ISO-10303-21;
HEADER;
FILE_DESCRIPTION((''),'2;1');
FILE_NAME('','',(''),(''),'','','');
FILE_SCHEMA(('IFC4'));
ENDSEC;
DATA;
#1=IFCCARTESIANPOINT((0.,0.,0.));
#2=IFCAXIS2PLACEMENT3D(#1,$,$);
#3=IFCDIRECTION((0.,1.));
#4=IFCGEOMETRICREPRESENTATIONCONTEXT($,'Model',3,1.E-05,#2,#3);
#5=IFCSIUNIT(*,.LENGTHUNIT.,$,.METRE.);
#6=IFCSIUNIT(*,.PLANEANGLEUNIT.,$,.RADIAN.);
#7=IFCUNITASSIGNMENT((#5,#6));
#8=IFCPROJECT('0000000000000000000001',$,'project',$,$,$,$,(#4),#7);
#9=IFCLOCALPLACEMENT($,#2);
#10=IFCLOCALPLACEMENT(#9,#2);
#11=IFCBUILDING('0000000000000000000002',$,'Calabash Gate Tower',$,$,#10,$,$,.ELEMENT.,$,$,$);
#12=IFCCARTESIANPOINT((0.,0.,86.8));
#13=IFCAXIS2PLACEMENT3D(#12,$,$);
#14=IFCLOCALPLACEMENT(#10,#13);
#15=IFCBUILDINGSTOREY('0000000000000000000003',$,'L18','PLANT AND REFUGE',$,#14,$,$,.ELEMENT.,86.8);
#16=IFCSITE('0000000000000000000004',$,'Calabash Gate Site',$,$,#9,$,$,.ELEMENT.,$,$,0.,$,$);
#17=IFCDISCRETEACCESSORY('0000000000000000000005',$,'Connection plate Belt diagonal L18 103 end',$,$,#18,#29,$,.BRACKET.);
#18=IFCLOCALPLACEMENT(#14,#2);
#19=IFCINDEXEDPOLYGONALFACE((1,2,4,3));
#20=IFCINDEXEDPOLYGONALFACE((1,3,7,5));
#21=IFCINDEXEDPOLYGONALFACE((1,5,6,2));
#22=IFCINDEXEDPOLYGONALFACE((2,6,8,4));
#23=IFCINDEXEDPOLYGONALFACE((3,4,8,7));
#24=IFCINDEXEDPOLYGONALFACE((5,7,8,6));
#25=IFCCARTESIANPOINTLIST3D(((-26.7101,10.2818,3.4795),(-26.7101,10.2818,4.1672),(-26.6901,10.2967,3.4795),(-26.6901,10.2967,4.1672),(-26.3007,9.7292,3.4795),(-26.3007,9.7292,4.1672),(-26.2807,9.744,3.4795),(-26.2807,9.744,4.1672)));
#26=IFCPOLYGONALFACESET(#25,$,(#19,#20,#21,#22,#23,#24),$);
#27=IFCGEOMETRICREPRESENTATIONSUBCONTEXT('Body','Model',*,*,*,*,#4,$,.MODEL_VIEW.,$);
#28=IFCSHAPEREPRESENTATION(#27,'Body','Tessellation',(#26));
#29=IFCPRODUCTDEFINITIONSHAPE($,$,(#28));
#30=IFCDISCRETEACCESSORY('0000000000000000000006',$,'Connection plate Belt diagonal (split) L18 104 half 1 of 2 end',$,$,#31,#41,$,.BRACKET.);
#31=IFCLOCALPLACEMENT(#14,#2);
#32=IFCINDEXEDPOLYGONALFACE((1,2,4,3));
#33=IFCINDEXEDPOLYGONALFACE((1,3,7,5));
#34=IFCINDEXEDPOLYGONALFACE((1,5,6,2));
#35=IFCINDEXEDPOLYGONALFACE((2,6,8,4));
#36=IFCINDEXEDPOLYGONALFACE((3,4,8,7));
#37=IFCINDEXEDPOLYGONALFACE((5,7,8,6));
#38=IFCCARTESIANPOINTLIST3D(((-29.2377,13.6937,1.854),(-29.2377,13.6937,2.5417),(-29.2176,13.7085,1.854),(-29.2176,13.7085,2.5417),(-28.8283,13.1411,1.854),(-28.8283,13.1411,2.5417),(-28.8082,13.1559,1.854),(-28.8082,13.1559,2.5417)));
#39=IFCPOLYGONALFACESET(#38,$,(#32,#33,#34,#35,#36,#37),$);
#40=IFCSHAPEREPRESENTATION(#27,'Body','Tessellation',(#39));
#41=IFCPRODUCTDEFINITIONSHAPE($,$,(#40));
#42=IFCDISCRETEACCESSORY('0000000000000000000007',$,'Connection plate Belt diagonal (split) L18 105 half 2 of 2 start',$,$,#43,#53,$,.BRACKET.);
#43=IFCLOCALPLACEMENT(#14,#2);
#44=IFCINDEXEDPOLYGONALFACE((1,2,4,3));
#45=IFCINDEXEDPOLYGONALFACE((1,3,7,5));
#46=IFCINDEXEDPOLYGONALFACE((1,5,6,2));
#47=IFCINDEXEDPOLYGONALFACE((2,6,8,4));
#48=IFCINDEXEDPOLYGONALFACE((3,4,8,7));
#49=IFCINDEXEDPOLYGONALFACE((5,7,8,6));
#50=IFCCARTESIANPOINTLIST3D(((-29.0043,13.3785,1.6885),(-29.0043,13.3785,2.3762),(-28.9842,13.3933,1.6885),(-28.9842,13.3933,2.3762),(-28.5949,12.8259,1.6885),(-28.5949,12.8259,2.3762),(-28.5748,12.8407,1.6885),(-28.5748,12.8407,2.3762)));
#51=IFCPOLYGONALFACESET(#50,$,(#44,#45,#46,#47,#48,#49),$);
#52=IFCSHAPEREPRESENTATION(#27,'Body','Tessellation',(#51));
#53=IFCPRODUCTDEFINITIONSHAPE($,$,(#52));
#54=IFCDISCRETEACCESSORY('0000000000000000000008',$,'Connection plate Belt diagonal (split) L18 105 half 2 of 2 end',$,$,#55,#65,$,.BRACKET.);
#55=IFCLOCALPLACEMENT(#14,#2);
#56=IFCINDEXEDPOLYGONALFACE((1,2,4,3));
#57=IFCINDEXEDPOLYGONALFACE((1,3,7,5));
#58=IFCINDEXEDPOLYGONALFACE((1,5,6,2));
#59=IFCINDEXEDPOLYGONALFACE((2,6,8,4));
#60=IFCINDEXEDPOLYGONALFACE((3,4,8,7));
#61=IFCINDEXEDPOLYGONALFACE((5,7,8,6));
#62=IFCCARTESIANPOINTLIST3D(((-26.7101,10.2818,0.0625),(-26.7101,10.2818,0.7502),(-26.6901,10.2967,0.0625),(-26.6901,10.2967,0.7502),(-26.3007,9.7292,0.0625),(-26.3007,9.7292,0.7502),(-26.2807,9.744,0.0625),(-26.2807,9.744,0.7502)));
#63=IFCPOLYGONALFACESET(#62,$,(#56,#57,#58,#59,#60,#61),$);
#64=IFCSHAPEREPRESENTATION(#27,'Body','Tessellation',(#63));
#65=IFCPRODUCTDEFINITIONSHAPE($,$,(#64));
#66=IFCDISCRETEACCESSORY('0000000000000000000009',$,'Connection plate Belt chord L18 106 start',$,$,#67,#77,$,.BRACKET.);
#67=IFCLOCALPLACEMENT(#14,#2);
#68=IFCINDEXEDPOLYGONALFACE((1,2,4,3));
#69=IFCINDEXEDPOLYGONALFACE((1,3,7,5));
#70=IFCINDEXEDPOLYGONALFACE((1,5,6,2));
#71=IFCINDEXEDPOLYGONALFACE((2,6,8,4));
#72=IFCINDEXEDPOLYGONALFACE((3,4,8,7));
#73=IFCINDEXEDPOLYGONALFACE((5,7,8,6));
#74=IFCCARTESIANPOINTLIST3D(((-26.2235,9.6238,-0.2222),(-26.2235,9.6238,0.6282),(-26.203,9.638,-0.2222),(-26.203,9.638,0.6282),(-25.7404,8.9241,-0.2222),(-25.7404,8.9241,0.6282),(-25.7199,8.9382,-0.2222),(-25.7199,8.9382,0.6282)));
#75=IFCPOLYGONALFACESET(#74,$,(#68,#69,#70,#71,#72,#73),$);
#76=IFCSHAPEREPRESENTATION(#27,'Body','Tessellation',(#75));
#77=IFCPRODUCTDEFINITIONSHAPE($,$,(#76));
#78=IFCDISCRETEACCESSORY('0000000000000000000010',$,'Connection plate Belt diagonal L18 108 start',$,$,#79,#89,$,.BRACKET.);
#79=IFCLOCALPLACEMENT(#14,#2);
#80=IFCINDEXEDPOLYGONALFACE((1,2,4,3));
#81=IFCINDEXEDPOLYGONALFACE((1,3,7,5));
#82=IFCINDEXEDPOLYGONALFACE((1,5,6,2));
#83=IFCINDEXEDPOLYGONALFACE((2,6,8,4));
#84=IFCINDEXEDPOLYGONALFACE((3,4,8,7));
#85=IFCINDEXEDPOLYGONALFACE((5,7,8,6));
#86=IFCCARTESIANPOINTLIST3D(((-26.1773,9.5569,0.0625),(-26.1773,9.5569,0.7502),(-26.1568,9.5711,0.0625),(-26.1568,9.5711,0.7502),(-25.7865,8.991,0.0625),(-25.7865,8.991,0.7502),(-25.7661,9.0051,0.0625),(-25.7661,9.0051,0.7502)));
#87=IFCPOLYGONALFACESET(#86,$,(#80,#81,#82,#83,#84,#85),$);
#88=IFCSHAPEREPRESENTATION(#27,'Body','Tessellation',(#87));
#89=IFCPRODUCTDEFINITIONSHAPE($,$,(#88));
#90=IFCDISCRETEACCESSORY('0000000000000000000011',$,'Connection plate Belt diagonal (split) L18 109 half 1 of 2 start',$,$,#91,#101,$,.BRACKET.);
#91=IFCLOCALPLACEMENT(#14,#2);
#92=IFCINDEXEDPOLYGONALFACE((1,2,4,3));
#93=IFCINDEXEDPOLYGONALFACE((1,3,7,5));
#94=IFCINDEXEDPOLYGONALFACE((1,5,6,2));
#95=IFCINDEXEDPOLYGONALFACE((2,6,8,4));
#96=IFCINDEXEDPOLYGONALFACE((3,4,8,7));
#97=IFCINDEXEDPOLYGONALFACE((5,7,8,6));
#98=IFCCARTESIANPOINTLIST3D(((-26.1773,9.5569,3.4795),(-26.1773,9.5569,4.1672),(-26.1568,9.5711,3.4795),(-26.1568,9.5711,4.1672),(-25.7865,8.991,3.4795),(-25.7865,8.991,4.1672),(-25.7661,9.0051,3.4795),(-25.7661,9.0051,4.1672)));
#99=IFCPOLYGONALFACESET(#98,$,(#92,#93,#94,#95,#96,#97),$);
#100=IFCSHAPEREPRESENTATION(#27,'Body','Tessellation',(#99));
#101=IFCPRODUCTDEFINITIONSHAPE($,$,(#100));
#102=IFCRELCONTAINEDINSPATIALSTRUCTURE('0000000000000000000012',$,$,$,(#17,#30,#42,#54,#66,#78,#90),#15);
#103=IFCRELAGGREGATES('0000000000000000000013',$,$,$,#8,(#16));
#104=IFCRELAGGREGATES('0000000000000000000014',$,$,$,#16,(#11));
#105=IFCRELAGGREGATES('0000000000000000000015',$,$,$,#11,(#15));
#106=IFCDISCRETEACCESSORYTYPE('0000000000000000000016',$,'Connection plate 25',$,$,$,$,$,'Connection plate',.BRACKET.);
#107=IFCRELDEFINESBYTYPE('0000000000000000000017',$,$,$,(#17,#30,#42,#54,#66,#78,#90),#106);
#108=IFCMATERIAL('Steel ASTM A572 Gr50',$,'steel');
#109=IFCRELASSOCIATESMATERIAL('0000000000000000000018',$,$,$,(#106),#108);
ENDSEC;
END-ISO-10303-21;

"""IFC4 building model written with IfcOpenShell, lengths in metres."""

from ifc_helpers import new_model, si_unit, direction, frame, origin, origin_2d, place, context, subcontext, project, spatial, rectangle, extrude, material, type_object, element, save


model = new_model("IFC4")

# Units and contexts
model_context = context("Model", 3, precision=1e-05, world=origin(), true_north=direction((0.0, 1.0)))
body_context = subcontext(model_context, "Body", "Model", "MODEL_VIEW")
ifc_project = project(units=[si_unit("LENGTHUNIT", "METRE"), si_unit("PLANEANGLEUNIT", "RADIAN")], contexts=[model_context])

# Site, building, storey
site_placement = place(None, origin())
site = spatial("IfcSite", under=ifc_project, at=site_placement, Name="Calabash Gate Site", CompositionType="ELEMENT", RefElevation=0.0)
building_placement = place(site_placement, origin())
building = spatial("IfcBuilding", under=site, at=building_placement, Name="Calabash Gate Tower", CompositionType="ELEMENT")
storey_placement = place(building_placement, frame((0.0, 0.0, 86.8)))
storey = spatial("IfcBuildingStorey", under=building, at=storey_placement, Name="L18", Description="PLANT AND REFUGE", CompositionType="ELEMENT", Elevation=86.8)

# Discrete accessories
ifc_material_1 = material(Name="Steel ASTM A572 Gr50", Category="steel")
discrete_accessory_type = type_object("IfcDiscreteAccessoryType", Name="Connection plate 25", ElementType="Connection plate", PredefinedType="BRACKET", material=ifc_material_1)
for number, where, z_axis, x_axis, name in (
    (1, (-26.4954, 10.0129, 3.4795), (0.0, 0.0, 1.0), (0.595287, -0.803513, 0.0), "Connection plate Belt diagonal L18 103 end"),
    (2, (-29.0229, 13.4248, 1.854), (0.0, 0.0, 1.0), (0.595287, -0.803513, 0.0), "Connection plate Belt diagonal (split) L18 104 half 1 of 2 end"),
    (3, (-28.7896, 13.1096, 1.6885), (0.0, 0.0, 1.0), (0.595287, -0.803513, 0.0), "Connection plate Belt diagonal (split) L18 105 half 2 of 2 start"),
    (4, (-26.4954, 10.0129, 0.0625), (0.0, 0.0, 1.0), (0.595287, -0.803513, 0.0), "Connection plate Belt diagonal (split) L18 105 half 2 of 2 end"),
):
    element("IfcDiscreteAccessory", number, at=place(storey_placement, frame(where, z_axis=z_axis, x_axis=x_axis)), inside=storey, type_object=discrete_accessory_type, Name=name, PredefinedType="BRACKET", context=body_context, shape_type="SweptSolid", body=[
        extrude(rectangle(XDim=0.6877, YDim=0.0249, at=origin_2d()), origin(), (0.0, 0.0, 1.0), 0.6877),
    ])
discrete_accessory_placement = place(storey_placement, frame((-25.9717, 9.281, -0.2222), z_axis=(0.0, 0.0, 1.0), x_axis=(0.56817, -0.822911, 0.0)))
element("IfcDiscreteAccessory", 5, at=discrete_accessory_placement, inside=storey, type_object=discrete_accessory_type, Name="Connection plate Belt chord L18 106 start", PredefinedType="BRACKET", context=body_context, shape_type="SweptSolid", body=[
    extrude(rectangle(XDim=0.8503, YDim=0.0249, at=origin_2d()), origin(), (0.0, 0.0, 1.0), 0.8503),
])
for number, where, z_axis, x_axis, name in (
    (6, (-25.9717, 9.281, 0.0625), (0.0, 0.0, 1.0), (0.56817, -0.822911, 0.0), "Connection plate Belt diagonal L18 108 start"),
    (7, (-25.9717, 9.281, 3.4795), (0.0, 0.0, 1.0), (0.568169, -0.822912, 0.0), "Connection plate Belt diagonal (split) L18 109 half 1 of 2 start"),
):
    element("IfcDiscreteAccessory", number, at=place(storey_placement, frame(where, z_axis=z_axis, x_axis=x_axis)), inside=storey, type_object=discrete_accessory_type, Name=name, PredefinedType="BRACKET", context=body_context, shape_type="SweptSolid", body=[
        extrude(rectangle(XDim=0.6877, YDim=0.0249, at=origin_2d()), origin(), (0.0, 0.0, 1.0), 0.6877),
    ])

save(model, "model.ifc")
